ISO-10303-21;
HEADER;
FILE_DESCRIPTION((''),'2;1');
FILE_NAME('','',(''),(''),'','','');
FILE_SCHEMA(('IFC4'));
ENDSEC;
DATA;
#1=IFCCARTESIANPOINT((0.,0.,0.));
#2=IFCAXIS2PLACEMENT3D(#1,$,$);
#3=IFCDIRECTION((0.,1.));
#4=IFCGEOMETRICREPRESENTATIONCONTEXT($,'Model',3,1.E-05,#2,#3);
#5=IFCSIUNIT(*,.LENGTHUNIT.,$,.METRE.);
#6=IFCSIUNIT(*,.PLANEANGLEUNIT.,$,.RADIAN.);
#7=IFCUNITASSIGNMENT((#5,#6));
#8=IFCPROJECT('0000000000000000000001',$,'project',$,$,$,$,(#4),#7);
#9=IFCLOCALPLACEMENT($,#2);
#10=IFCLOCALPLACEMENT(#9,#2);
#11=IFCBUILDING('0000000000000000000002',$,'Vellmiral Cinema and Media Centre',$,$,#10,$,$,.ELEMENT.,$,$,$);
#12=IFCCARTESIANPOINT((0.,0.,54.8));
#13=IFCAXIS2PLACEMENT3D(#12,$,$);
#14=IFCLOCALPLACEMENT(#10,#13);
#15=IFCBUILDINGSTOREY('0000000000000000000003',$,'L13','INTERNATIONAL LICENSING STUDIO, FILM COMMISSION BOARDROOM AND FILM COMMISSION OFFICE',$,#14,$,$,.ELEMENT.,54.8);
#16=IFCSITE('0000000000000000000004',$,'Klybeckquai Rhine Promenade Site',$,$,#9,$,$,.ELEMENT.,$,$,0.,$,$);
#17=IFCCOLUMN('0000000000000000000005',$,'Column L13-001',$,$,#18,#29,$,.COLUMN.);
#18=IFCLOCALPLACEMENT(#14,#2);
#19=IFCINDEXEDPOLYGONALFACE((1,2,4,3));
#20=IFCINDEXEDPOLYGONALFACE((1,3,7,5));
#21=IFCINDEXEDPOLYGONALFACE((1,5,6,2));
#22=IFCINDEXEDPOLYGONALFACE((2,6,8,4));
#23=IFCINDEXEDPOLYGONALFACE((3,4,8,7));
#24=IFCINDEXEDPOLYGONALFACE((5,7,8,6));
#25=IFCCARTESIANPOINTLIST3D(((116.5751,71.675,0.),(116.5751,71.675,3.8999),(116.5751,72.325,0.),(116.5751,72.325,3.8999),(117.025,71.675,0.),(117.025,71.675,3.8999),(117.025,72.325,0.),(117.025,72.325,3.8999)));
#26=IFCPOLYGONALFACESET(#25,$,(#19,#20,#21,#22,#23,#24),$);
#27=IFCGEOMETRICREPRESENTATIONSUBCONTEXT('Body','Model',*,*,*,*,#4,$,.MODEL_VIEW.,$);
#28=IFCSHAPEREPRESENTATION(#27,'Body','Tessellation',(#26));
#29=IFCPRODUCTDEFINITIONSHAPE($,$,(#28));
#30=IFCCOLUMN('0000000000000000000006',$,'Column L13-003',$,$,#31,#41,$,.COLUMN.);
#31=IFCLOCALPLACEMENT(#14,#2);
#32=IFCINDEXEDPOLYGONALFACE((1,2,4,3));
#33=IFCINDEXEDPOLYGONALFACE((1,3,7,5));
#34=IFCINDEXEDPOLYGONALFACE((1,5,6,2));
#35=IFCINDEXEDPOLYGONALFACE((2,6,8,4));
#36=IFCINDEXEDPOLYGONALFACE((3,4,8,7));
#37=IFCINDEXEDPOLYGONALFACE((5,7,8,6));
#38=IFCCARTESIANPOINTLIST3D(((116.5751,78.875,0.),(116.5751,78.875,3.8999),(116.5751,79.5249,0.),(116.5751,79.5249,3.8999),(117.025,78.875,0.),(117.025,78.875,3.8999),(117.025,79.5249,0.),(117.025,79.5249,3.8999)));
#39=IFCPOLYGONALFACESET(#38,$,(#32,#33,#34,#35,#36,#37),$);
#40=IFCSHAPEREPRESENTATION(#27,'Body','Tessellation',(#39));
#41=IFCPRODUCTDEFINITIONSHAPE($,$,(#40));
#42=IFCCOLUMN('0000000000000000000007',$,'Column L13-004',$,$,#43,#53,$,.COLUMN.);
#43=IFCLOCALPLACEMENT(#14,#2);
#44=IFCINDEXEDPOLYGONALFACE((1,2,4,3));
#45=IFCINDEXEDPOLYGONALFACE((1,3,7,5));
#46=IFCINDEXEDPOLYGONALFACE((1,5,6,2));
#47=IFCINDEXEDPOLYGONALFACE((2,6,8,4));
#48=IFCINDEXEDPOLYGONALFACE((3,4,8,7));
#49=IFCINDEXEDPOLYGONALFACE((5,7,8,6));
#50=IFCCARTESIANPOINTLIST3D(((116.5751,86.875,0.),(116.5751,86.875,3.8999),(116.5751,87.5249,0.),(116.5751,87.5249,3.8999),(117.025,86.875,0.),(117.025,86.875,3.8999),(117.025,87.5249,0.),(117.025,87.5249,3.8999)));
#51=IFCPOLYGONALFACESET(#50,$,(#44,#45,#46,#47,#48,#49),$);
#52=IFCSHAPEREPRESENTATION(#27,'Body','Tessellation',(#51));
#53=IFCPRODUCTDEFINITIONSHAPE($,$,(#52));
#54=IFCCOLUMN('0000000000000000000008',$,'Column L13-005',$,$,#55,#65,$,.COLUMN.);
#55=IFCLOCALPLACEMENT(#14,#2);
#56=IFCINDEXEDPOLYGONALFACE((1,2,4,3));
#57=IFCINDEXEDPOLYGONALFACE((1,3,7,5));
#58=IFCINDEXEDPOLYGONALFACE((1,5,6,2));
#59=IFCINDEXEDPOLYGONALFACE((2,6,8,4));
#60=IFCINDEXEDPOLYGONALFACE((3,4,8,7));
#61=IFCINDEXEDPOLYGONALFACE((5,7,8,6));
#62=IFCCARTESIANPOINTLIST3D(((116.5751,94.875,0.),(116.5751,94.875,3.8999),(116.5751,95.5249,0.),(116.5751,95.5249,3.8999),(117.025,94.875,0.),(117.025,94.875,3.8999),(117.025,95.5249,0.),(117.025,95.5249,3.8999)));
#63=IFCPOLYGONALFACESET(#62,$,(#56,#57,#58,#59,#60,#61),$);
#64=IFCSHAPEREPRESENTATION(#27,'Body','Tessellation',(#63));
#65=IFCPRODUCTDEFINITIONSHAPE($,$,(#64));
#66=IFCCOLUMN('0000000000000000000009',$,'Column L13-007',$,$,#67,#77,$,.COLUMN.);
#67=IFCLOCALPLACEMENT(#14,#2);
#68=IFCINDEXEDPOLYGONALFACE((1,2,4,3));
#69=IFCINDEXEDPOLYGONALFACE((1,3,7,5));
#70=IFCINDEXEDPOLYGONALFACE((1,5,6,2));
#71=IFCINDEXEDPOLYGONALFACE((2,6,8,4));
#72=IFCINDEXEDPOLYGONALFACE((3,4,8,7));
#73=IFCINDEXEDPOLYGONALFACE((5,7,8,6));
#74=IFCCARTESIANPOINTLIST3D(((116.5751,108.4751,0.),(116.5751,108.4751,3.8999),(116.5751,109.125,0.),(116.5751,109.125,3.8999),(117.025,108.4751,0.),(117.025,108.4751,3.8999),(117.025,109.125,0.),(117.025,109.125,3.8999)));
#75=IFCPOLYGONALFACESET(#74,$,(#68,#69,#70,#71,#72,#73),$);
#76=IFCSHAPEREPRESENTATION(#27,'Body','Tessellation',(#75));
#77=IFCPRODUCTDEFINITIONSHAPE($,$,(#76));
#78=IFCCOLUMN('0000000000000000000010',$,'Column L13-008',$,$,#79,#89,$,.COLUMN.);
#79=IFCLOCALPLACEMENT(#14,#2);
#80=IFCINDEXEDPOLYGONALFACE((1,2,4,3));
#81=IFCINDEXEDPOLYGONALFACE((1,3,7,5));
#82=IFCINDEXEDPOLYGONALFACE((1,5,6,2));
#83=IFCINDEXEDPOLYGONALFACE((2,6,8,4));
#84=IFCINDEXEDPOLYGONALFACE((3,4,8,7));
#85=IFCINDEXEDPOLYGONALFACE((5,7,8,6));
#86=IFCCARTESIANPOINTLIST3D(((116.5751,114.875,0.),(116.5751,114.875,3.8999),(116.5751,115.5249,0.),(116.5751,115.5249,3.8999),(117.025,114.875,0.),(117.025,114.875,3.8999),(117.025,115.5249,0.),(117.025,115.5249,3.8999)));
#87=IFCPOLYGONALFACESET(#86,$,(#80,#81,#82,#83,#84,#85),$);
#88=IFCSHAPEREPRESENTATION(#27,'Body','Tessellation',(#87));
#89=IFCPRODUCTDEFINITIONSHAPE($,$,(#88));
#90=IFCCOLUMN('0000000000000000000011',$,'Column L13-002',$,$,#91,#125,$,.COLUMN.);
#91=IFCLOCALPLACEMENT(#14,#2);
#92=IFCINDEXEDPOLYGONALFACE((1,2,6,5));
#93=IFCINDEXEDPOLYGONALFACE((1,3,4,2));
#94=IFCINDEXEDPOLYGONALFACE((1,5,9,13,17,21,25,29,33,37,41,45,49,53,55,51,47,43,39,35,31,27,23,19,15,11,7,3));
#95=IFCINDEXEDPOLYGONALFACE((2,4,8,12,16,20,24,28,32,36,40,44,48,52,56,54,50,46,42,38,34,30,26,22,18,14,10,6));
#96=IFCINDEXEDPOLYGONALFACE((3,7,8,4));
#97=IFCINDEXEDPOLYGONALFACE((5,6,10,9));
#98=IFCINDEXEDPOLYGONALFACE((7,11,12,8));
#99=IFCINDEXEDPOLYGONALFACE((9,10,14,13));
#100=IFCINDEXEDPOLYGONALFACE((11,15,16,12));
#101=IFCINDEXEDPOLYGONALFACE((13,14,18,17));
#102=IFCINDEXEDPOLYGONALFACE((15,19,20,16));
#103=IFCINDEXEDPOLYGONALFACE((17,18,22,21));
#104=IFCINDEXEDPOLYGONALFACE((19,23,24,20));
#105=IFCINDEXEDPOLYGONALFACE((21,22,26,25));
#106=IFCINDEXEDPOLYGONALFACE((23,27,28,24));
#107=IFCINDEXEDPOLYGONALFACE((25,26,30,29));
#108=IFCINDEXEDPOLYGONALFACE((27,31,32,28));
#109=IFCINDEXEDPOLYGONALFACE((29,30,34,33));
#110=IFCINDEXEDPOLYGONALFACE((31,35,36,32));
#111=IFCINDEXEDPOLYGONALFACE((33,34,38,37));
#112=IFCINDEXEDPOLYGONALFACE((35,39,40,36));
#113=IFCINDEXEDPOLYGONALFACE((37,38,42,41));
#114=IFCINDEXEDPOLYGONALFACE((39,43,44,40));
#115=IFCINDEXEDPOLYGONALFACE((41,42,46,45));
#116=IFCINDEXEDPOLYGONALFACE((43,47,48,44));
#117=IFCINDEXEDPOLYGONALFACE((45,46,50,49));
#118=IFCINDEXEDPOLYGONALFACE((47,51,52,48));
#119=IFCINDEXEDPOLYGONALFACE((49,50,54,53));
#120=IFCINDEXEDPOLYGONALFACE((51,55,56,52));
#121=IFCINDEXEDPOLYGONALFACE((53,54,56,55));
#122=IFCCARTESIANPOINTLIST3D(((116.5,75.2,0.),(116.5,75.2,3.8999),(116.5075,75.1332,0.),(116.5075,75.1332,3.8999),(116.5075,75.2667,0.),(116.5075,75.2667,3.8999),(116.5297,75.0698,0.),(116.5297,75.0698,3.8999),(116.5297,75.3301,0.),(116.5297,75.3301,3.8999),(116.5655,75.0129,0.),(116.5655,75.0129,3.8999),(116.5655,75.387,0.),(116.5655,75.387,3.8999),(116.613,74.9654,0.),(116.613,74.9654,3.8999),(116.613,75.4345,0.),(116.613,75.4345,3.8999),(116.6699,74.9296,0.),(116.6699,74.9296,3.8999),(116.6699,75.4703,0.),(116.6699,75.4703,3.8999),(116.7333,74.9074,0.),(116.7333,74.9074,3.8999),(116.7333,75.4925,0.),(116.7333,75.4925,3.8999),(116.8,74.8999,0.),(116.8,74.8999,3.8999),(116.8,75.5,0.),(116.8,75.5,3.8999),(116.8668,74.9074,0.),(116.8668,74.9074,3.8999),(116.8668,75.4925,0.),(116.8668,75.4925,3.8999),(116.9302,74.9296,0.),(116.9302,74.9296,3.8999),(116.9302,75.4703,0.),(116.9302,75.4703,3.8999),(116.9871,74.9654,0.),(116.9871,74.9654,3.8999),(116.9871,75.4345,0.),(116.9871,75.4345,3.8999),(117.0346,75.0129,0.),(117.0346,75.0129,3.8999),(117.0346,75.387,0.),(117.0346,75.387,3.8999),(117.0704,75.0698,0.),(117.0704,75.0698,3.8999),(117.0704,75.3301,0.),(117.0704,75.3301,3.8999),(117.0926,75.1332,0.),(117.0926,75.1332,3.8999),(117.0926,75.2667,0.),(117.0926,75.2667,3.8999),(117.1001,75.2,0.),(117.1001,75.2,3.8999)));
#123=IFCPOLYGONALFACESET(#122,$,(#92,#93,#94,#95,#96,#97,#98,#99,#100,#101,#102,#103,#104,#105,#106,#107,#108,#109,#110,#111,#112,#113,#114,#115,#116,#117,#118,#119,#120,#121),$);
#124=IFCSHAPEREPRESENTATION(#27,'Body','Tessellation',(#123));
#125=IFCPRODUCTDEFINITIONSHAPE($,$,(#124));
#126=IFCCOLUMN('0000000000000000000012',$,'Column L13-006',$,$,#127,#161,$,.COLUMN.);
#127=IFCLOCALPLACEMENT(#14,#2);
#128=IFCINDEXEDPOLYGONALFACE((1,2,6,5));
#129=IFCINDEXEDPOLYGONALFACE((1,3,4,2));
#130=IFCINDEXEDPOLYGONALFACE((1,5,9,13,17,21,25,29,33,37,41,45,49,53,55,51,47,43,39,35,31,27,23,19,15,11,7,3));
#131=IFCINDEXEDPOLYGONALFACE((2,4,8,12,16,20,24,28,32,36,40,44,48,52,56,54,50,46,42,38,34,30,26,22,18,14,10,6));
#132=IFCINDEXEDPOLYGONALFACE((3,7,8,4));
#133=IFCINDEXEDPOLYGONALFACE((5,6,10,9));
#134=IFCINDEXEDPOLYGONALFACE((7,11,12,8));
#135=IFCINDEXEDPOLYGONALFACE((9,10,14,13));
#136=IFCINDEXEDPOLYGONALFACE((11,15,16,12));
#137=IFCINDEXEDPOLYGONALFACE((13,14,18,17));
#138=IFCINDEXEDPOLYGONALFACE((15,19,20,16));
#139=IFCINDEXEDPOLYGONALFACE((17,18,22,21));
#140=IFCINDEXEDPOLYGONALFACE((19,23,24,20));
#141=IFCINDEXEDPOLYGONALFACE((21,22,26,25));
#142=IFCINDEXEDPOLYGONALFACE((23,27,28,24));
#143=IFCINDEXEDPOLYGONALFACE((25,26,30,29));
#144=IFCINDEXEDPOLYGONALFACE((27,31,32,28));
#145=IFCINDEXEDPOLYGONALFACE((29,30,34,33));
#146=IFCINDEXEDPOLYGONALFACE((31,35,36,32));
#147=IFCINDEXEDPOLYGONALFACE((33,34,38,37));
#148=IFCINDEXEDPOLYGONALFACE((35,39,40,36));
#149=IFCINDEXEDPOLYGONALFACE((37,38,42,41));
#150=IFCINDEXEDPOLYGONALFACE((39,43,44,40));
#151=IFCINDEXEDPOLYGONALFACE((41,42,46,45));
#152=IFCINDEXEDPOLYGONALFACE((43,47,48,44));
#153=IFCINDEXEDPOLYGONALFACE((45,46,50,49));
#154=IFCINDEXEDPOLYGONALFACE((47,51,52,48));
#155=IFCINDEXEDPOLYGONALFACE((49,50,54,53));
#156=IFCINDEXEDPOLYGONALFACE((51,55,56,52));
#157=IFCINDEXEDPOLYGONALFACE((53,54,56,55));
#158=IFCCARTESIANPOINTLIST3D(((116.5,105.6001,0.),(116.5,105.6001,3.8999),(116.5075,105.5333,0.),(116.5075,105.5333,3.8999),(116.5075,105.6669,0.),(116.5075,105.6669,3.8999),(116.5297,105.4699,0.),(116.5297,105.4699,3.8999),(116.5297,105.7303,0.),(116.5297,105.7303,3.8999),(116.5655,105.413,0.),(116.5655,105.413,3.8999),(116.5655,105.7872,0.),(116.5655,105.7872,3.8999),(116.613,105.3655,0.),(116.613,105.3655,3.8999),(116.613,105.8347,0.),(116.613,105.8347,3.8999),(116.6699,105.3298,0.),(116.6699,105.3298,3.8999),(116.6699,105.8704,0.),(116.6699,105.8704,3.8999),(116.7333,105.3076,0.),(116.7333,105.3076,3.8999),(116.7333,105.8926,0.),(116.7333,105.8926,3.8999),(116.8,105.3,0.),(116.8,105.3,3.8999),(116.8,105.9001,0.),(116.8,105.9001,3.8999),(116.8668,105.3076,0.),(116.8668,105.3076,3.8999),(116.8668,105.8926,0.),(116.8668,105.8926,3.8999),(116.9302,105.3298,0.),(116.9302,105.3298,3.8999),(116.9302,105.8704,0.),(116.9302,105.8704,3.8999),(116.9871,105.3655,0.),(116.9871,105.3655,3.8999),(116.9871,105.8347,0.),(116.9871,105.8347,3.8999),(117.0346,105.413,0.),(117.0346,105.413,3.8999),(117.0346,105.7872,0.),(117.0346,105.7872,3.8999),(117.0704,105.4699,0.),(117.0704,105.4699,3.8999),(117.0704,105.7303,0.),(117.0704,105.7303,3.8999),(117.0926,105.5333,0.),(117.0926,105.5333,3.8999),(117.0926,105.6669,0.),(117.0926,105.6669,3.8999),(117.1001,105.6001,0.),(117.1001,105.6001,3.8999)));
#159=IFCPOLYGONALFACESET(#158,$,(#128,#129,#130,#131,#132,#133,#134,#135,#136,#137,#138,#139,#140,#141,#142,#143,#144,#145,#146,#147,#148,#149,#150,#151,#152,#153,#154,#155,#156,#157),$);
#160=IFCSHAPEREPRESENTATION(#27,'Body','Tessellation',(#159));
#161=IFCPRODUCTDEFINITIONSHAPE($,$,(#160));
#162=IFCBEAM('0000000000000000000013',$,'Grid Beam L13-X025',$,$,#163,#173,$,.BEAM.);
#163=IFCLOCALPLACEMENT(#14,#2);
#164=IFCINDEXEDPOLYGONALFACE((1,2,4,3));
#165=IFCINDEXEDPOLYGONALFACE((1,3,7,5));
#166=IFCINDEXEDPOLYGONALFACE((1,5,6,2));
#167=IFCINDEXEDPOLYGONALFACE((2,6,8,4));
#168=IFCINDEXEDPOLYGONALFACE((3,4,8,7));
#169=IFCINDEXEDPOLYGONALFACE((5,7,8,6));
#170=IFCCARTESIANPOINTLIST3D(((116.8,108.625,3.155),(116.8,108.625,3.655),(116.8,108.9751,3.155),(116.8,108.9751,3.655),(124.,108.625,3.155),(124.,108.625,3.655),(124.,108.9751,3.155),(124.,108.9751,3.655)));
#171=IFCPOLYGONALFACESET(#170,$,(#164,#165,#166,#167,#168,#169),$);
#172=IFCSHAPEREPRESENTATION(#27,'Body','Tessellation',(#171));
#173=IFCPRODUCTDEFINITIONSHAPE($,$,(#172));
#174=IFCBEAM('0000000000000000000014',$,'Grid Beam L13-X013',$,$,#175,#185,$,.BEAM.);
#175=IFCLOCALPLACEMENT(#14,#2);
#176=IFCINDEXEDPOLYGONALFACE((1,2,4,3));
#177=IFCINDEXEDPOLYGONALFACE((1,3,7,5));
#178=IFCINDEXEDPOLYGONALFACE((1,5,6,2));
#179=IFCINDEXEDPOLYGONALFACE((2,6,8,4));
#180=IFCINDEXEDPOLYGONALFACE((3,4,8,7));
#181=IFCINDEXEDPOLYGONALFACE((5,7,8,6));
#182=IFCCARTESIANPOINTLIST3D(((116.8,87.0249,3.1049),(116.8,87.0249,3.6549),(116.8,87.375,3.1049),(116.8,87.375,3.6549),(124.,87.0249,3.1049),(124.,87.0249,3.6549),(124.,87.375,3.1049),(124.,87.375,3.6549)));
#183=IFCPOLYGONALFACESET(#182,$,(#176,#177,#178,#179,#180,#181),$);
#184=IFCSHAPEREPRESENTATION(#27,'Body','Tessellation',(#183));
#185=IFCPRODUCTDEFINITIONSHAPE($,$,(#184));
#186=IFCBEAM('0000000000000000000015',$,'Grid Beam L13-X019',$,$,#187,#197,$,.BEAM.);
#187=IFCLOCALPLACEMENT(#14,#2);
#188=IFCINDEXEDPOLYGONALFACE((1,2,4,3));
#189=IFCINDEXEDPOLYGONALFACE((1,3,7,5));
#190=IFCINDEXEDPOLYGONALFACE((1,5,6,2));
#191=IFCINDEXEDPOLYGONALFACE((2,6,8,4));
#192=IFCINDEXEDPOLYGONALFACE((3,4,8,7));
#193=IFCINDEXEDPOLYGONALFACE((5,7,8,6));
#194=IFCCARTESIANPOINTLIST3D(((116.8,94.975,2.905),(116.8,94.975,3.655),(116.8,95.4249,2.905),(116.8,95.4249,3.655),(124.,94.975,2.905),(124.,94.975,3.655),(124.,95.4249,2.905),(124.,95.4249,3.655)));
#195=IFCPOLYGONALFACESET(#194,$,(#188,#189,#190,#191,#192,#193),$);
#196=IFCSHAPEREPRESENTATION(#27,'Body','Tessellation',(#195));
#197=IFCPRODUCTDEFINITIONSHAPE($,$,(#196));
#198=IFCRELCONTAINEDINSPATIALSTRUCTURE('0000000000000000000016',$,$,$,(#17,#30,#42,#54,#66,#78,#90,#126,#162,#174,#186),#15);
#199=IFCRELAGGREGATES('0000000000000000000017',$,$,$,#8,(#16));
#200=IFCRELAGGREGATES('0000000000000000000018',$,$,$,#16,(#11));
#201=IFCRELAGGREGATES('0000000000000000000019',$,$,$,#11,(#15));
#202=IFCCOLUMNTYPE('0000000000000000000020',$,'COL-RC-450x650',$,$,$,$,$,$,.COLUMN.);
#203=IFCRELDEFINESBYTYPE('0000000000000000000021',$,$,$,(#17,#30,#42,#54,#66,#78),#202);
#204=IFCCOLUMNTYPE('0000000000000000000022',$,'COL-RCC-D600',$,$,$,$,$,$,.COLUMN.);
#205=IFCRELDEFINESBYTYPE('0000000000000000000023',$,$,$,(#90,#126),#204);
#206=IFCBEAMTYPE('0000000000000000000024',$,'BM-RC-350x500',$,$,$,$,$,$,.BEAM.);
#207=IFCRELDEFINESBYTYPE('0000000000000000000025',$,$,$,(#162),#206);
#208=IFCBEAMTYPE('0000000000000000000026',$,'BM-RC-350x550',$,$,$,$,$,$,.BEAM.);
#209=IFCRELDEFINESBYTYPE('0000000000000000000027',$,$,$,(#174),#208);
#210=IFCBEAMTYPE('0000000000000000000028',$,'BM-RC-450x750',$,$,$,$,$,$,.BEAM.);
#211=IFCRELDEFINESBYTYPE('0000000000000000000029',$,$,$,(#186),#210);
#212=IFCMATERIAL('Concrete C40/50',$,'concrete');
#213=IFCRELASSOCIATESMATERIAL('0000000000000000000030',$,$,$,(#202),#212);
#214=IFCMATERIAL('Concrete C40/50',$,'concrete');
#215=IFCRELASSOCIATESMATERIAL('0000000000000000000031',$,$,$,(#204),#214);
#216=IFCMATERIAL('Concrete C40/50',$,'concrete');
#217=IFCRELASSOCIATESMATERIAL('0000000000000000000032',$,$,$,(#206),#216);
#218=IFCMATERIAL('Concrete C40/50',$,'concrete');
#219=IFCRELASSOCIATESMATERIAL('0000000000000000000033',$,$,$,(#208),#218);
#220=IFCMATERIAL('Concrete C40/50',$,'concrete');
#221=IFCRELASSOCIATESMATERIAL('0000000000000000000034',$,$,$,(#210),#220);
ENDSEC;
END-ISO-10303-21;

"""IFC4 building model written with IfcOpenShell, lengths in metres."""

from ifc_helpers import new_model, si_unit, direction, frame, origin, origin_2d, place, context, subcontext, project, spatial, rectangle, circle, extrude, material, material_profile, profile_set, type_object, element, save


model = new_model("IFC4")

# Units and contexts
model_context = context("Model", 3, precision=1e-05, world=origin(), true_north=direction((0.0, 1.0)))
body_context = subcontext(model_context, "Body", "Model", "MODEL_VIEW")
ifc_project = project(units=[si_unit("LENGTHUNIT", "METRE"), si_unit("PLANEANGLEUNIT", "RADIAN")], contexts=[model_context])

# Site, building, storey
site_placement = place(None, origin())
site = spatial("IfcSite", under=ifc_project, at=site_placement, Name="Klybeckquai Rhine Promenade Site", CompositionType="ELEMENT", RefElevation=0.0)
building_placement = place(site_placement, origin())
building = spatial("IfcBuilding", under=site, at=building_placement, Name="Vellmiral Cinema and Media Centre", CompositionType="ELEMENT")
storey_placement = place(building_placement, frame((0.0, 0.0, 54.8)))
storey = spatial("IfcBuildingStorey", under=building, at=storey_placement, Name="L13", Description="INTERNATIONAL LICENSING STUDIO, FILM COMMISSION BOARDROOM AND FILM COMMISSION OFFICE", CompositionType="ELEMENT", Elevation=54.8)

# Columns
ifc_material_1 = material(Name="Concrete C40/50", Category="concrete")
ifc_material_profile_1 = material_profile(ifc_material_1, rectangle(XDim=0.45, YDim=0.6499, at=origin_2d()), Name="RC 450x650")
ifc_profile_set_1 = profile_set([ifc_material_profile_1], Name="Concrete C40/50")
column_type_1 = type_object("IfcColumnType", Name="COL-RC-450x650", PredefinedType="COLUMN", material=ifc_profile_set_1)
for number, where, z_axis, x_axis, name in (
    (1, (116.8, 72.0, 0.0), (0.0, 0.0, 1.0), (1.0, 0.0, 0.0), "Column L13-001"),
    (2, (116.8, 79.2, 0.0), (0.0, 0.0, 1.0), (1.0, 0.0, 0.0), "Column L13-003"),
    (3, (116.8, 87.2, 0.0), (0.0, 0.0, 1.0), (1.0, 0.0, 0.0), "Column L13-004"),
    (4, (116.8, 95.2, 0.0), (0.0, 0.0, 1.0), (1.0, 0.0, 0.0), "Column L13-005"),
    (5, (116.8, 108.8, 0.0), (0.0, 0.0, 1.0), (1.0, 0.0, 0.0), "Column L13-007"),
    (6, (116.8, 115.2, 0.0), (0.0, 0.0, 1.0), (1.0, 0.0, 0.0), "Column L13-008"),
):
    element("IfcColumn", number, at=place(storey_placement, frame(where, z_axis=z_axis, x_axis=x_axis)), inside=storey, type_object=column_type_1, Name=name, PredefinedType="COLUMN", context=body_context, shape_type="SweptSolid", body=[
        extrude(rectangle(XDim=0.45, YDim=0.6499, at=origin_2d()), origin(), (0.0, 0.0, 1.0), 3.8999),
    ])
ifc_material_2 = material(Name="Concrete C40/50", Category="concrete")
ifc_material_profile_2 = material_profile(ifc_material_2, circle(Radius=0.3, at=origin_2d()), Name="RC D600")
ifc_profile_set_2 = profile_set([ifc_material_profile_2], Name="Concrete C40/50")
column_type_2 = type_object("IfcColumnType", Name="COL-RCC-D600", PredefinedType="COLUMN", material=ifc_profile_set_2)
for number, where, z_axis, x_axis, name in (
    (7, (116.8, 75.2, 0.0), (0.0, 0.0, 1.0), (1.0, 0.0, 0.0), "Column L13-002"),
    (8, (116.8, 105.6001, 0.0), (0.0, 0.0, 1.0), (1.0, 0.0, 0.0), "Column L13-006"),
):
    element("IfcColumn", number, at=place(storey_placement, frame(where, z_axis=z_axis, x_axis=x_axis)), inside=storey, type_object=column_type_2, Name=name, PredefinedType="COLUMN", context=body_context, shape_type="SweptSolid", body=[
        extrude(circle(Radius=0.3, at=origin_2d()), origin(), (0.0, 0.0, 1.0), 3.8999),
    ])

# Beams
ifc_material_3 = material(Name="Concrete C40/50", Category="concrete")
ifc_material_profile_3 = material_profile(ifc_material_3, rectangle(XDim=0.3501, YDim=0.5, at=origin_2d()), Name="RC 350x500")
ifc_profile_set_3 = profile_set([ifc_material_profile_3], Name="Concrete C40/50")
beam_type_1 = type_object("IfcBeamType", Name="BM-RC-350x500", PredefinedType="BEAM", material=ifc_profile_set_3)
beam_1_placement = place(storey_placement, frame((116.8, 108.8, 3.405), z_axis=(1.0, 0.0, 0.0), x_axis=(0.0, 1.0, 0.0)))
element("IfcBeam", 9, at=beam_1_placement, inside=storey, type_object=beam_type_1, Name="Grid Beam L13-X025", PredefinedType="BEAM", context=body_context, shape_type="SweptSolid", body=[
    extrude(rectangle(XDim=0.3501, YDim=0.5, at=origin_2d()), origin(), (0.0, 0.0, 1.0), 7.2),
])
ifc_material_4 = material(Name="Concrete C40/50", Category="concrete")
ifc_material_profile_4 = material_profile(ifc_material_4, rectangle(XDim=0.3501, YDim=0.55, at=origin_2d()), Name="RC 350x550")
ifc_profile_set_4 = profile_set([ifc_material_profile_4], Name="Concrete C40/50")
beam_type_2 = type_object("IfcBeamType", Name="BM-RC-350x550", PredefinedType="BEAM", material=ifc_profile_set_4)
beam_2_placement = place(storey_placement, frame((116.8, 87.2, 3.3799), z_axis=(1.0, 0.0, 0.0), x_axis=(0.0, 1.0, 0.0)))
element("IfcBeam", 10, at=beam_2_placement, inside=storey, type_object=beam_type_2, Name="Grid Beam L13-X013", PredefinedType="BEAM", context=body_context, shape_type="SweptSolid", body=[
    extrude(rectangle(XDim=0.3501, YDim=0.55, at=origin_2d()), origin(), (0.0, 0.0, 1.0), 7.2),
])
ifc_material_5 = material(Name="Concrete C40/50", Category="concrete")
ifc_material_profile_5 = material_profile(ifc_material_5, rectangle(XDim=0.45, YDim=0.75, at=origin_2d()), Name="RC 450x750")
ifc_profile_set_5 = profile_set([ifc_material_profile_5], Name="Concrete C40/50")
beam_type_3 = type_object("IfcBeamType", Name="BM-RC-450x750", PredefinedType="BEAM", material=ifc_profile_set_5)
beam_3_placement = place(storey_placement, frame((116.8, 95.2, 3.28), z_axis=(1.0, 0.0, 0.0), x_axis=(0.0, 1.0, 0.0)))
element("IfcBeam", 11, at=beam_3_placement, inside=storey, type_object=beam_type_3, Name="Grid Beam L13-X019", PredefinedType="BEAM", context=body_context, shape_type="SweptSolid", body=[
    extrude(rectangle(XDim=0.45, YDim=0.75, at=origin_2d()), origin(), (0.0, 0.0, 1.0), 7.2),
])

save(model, "model.ifc")
